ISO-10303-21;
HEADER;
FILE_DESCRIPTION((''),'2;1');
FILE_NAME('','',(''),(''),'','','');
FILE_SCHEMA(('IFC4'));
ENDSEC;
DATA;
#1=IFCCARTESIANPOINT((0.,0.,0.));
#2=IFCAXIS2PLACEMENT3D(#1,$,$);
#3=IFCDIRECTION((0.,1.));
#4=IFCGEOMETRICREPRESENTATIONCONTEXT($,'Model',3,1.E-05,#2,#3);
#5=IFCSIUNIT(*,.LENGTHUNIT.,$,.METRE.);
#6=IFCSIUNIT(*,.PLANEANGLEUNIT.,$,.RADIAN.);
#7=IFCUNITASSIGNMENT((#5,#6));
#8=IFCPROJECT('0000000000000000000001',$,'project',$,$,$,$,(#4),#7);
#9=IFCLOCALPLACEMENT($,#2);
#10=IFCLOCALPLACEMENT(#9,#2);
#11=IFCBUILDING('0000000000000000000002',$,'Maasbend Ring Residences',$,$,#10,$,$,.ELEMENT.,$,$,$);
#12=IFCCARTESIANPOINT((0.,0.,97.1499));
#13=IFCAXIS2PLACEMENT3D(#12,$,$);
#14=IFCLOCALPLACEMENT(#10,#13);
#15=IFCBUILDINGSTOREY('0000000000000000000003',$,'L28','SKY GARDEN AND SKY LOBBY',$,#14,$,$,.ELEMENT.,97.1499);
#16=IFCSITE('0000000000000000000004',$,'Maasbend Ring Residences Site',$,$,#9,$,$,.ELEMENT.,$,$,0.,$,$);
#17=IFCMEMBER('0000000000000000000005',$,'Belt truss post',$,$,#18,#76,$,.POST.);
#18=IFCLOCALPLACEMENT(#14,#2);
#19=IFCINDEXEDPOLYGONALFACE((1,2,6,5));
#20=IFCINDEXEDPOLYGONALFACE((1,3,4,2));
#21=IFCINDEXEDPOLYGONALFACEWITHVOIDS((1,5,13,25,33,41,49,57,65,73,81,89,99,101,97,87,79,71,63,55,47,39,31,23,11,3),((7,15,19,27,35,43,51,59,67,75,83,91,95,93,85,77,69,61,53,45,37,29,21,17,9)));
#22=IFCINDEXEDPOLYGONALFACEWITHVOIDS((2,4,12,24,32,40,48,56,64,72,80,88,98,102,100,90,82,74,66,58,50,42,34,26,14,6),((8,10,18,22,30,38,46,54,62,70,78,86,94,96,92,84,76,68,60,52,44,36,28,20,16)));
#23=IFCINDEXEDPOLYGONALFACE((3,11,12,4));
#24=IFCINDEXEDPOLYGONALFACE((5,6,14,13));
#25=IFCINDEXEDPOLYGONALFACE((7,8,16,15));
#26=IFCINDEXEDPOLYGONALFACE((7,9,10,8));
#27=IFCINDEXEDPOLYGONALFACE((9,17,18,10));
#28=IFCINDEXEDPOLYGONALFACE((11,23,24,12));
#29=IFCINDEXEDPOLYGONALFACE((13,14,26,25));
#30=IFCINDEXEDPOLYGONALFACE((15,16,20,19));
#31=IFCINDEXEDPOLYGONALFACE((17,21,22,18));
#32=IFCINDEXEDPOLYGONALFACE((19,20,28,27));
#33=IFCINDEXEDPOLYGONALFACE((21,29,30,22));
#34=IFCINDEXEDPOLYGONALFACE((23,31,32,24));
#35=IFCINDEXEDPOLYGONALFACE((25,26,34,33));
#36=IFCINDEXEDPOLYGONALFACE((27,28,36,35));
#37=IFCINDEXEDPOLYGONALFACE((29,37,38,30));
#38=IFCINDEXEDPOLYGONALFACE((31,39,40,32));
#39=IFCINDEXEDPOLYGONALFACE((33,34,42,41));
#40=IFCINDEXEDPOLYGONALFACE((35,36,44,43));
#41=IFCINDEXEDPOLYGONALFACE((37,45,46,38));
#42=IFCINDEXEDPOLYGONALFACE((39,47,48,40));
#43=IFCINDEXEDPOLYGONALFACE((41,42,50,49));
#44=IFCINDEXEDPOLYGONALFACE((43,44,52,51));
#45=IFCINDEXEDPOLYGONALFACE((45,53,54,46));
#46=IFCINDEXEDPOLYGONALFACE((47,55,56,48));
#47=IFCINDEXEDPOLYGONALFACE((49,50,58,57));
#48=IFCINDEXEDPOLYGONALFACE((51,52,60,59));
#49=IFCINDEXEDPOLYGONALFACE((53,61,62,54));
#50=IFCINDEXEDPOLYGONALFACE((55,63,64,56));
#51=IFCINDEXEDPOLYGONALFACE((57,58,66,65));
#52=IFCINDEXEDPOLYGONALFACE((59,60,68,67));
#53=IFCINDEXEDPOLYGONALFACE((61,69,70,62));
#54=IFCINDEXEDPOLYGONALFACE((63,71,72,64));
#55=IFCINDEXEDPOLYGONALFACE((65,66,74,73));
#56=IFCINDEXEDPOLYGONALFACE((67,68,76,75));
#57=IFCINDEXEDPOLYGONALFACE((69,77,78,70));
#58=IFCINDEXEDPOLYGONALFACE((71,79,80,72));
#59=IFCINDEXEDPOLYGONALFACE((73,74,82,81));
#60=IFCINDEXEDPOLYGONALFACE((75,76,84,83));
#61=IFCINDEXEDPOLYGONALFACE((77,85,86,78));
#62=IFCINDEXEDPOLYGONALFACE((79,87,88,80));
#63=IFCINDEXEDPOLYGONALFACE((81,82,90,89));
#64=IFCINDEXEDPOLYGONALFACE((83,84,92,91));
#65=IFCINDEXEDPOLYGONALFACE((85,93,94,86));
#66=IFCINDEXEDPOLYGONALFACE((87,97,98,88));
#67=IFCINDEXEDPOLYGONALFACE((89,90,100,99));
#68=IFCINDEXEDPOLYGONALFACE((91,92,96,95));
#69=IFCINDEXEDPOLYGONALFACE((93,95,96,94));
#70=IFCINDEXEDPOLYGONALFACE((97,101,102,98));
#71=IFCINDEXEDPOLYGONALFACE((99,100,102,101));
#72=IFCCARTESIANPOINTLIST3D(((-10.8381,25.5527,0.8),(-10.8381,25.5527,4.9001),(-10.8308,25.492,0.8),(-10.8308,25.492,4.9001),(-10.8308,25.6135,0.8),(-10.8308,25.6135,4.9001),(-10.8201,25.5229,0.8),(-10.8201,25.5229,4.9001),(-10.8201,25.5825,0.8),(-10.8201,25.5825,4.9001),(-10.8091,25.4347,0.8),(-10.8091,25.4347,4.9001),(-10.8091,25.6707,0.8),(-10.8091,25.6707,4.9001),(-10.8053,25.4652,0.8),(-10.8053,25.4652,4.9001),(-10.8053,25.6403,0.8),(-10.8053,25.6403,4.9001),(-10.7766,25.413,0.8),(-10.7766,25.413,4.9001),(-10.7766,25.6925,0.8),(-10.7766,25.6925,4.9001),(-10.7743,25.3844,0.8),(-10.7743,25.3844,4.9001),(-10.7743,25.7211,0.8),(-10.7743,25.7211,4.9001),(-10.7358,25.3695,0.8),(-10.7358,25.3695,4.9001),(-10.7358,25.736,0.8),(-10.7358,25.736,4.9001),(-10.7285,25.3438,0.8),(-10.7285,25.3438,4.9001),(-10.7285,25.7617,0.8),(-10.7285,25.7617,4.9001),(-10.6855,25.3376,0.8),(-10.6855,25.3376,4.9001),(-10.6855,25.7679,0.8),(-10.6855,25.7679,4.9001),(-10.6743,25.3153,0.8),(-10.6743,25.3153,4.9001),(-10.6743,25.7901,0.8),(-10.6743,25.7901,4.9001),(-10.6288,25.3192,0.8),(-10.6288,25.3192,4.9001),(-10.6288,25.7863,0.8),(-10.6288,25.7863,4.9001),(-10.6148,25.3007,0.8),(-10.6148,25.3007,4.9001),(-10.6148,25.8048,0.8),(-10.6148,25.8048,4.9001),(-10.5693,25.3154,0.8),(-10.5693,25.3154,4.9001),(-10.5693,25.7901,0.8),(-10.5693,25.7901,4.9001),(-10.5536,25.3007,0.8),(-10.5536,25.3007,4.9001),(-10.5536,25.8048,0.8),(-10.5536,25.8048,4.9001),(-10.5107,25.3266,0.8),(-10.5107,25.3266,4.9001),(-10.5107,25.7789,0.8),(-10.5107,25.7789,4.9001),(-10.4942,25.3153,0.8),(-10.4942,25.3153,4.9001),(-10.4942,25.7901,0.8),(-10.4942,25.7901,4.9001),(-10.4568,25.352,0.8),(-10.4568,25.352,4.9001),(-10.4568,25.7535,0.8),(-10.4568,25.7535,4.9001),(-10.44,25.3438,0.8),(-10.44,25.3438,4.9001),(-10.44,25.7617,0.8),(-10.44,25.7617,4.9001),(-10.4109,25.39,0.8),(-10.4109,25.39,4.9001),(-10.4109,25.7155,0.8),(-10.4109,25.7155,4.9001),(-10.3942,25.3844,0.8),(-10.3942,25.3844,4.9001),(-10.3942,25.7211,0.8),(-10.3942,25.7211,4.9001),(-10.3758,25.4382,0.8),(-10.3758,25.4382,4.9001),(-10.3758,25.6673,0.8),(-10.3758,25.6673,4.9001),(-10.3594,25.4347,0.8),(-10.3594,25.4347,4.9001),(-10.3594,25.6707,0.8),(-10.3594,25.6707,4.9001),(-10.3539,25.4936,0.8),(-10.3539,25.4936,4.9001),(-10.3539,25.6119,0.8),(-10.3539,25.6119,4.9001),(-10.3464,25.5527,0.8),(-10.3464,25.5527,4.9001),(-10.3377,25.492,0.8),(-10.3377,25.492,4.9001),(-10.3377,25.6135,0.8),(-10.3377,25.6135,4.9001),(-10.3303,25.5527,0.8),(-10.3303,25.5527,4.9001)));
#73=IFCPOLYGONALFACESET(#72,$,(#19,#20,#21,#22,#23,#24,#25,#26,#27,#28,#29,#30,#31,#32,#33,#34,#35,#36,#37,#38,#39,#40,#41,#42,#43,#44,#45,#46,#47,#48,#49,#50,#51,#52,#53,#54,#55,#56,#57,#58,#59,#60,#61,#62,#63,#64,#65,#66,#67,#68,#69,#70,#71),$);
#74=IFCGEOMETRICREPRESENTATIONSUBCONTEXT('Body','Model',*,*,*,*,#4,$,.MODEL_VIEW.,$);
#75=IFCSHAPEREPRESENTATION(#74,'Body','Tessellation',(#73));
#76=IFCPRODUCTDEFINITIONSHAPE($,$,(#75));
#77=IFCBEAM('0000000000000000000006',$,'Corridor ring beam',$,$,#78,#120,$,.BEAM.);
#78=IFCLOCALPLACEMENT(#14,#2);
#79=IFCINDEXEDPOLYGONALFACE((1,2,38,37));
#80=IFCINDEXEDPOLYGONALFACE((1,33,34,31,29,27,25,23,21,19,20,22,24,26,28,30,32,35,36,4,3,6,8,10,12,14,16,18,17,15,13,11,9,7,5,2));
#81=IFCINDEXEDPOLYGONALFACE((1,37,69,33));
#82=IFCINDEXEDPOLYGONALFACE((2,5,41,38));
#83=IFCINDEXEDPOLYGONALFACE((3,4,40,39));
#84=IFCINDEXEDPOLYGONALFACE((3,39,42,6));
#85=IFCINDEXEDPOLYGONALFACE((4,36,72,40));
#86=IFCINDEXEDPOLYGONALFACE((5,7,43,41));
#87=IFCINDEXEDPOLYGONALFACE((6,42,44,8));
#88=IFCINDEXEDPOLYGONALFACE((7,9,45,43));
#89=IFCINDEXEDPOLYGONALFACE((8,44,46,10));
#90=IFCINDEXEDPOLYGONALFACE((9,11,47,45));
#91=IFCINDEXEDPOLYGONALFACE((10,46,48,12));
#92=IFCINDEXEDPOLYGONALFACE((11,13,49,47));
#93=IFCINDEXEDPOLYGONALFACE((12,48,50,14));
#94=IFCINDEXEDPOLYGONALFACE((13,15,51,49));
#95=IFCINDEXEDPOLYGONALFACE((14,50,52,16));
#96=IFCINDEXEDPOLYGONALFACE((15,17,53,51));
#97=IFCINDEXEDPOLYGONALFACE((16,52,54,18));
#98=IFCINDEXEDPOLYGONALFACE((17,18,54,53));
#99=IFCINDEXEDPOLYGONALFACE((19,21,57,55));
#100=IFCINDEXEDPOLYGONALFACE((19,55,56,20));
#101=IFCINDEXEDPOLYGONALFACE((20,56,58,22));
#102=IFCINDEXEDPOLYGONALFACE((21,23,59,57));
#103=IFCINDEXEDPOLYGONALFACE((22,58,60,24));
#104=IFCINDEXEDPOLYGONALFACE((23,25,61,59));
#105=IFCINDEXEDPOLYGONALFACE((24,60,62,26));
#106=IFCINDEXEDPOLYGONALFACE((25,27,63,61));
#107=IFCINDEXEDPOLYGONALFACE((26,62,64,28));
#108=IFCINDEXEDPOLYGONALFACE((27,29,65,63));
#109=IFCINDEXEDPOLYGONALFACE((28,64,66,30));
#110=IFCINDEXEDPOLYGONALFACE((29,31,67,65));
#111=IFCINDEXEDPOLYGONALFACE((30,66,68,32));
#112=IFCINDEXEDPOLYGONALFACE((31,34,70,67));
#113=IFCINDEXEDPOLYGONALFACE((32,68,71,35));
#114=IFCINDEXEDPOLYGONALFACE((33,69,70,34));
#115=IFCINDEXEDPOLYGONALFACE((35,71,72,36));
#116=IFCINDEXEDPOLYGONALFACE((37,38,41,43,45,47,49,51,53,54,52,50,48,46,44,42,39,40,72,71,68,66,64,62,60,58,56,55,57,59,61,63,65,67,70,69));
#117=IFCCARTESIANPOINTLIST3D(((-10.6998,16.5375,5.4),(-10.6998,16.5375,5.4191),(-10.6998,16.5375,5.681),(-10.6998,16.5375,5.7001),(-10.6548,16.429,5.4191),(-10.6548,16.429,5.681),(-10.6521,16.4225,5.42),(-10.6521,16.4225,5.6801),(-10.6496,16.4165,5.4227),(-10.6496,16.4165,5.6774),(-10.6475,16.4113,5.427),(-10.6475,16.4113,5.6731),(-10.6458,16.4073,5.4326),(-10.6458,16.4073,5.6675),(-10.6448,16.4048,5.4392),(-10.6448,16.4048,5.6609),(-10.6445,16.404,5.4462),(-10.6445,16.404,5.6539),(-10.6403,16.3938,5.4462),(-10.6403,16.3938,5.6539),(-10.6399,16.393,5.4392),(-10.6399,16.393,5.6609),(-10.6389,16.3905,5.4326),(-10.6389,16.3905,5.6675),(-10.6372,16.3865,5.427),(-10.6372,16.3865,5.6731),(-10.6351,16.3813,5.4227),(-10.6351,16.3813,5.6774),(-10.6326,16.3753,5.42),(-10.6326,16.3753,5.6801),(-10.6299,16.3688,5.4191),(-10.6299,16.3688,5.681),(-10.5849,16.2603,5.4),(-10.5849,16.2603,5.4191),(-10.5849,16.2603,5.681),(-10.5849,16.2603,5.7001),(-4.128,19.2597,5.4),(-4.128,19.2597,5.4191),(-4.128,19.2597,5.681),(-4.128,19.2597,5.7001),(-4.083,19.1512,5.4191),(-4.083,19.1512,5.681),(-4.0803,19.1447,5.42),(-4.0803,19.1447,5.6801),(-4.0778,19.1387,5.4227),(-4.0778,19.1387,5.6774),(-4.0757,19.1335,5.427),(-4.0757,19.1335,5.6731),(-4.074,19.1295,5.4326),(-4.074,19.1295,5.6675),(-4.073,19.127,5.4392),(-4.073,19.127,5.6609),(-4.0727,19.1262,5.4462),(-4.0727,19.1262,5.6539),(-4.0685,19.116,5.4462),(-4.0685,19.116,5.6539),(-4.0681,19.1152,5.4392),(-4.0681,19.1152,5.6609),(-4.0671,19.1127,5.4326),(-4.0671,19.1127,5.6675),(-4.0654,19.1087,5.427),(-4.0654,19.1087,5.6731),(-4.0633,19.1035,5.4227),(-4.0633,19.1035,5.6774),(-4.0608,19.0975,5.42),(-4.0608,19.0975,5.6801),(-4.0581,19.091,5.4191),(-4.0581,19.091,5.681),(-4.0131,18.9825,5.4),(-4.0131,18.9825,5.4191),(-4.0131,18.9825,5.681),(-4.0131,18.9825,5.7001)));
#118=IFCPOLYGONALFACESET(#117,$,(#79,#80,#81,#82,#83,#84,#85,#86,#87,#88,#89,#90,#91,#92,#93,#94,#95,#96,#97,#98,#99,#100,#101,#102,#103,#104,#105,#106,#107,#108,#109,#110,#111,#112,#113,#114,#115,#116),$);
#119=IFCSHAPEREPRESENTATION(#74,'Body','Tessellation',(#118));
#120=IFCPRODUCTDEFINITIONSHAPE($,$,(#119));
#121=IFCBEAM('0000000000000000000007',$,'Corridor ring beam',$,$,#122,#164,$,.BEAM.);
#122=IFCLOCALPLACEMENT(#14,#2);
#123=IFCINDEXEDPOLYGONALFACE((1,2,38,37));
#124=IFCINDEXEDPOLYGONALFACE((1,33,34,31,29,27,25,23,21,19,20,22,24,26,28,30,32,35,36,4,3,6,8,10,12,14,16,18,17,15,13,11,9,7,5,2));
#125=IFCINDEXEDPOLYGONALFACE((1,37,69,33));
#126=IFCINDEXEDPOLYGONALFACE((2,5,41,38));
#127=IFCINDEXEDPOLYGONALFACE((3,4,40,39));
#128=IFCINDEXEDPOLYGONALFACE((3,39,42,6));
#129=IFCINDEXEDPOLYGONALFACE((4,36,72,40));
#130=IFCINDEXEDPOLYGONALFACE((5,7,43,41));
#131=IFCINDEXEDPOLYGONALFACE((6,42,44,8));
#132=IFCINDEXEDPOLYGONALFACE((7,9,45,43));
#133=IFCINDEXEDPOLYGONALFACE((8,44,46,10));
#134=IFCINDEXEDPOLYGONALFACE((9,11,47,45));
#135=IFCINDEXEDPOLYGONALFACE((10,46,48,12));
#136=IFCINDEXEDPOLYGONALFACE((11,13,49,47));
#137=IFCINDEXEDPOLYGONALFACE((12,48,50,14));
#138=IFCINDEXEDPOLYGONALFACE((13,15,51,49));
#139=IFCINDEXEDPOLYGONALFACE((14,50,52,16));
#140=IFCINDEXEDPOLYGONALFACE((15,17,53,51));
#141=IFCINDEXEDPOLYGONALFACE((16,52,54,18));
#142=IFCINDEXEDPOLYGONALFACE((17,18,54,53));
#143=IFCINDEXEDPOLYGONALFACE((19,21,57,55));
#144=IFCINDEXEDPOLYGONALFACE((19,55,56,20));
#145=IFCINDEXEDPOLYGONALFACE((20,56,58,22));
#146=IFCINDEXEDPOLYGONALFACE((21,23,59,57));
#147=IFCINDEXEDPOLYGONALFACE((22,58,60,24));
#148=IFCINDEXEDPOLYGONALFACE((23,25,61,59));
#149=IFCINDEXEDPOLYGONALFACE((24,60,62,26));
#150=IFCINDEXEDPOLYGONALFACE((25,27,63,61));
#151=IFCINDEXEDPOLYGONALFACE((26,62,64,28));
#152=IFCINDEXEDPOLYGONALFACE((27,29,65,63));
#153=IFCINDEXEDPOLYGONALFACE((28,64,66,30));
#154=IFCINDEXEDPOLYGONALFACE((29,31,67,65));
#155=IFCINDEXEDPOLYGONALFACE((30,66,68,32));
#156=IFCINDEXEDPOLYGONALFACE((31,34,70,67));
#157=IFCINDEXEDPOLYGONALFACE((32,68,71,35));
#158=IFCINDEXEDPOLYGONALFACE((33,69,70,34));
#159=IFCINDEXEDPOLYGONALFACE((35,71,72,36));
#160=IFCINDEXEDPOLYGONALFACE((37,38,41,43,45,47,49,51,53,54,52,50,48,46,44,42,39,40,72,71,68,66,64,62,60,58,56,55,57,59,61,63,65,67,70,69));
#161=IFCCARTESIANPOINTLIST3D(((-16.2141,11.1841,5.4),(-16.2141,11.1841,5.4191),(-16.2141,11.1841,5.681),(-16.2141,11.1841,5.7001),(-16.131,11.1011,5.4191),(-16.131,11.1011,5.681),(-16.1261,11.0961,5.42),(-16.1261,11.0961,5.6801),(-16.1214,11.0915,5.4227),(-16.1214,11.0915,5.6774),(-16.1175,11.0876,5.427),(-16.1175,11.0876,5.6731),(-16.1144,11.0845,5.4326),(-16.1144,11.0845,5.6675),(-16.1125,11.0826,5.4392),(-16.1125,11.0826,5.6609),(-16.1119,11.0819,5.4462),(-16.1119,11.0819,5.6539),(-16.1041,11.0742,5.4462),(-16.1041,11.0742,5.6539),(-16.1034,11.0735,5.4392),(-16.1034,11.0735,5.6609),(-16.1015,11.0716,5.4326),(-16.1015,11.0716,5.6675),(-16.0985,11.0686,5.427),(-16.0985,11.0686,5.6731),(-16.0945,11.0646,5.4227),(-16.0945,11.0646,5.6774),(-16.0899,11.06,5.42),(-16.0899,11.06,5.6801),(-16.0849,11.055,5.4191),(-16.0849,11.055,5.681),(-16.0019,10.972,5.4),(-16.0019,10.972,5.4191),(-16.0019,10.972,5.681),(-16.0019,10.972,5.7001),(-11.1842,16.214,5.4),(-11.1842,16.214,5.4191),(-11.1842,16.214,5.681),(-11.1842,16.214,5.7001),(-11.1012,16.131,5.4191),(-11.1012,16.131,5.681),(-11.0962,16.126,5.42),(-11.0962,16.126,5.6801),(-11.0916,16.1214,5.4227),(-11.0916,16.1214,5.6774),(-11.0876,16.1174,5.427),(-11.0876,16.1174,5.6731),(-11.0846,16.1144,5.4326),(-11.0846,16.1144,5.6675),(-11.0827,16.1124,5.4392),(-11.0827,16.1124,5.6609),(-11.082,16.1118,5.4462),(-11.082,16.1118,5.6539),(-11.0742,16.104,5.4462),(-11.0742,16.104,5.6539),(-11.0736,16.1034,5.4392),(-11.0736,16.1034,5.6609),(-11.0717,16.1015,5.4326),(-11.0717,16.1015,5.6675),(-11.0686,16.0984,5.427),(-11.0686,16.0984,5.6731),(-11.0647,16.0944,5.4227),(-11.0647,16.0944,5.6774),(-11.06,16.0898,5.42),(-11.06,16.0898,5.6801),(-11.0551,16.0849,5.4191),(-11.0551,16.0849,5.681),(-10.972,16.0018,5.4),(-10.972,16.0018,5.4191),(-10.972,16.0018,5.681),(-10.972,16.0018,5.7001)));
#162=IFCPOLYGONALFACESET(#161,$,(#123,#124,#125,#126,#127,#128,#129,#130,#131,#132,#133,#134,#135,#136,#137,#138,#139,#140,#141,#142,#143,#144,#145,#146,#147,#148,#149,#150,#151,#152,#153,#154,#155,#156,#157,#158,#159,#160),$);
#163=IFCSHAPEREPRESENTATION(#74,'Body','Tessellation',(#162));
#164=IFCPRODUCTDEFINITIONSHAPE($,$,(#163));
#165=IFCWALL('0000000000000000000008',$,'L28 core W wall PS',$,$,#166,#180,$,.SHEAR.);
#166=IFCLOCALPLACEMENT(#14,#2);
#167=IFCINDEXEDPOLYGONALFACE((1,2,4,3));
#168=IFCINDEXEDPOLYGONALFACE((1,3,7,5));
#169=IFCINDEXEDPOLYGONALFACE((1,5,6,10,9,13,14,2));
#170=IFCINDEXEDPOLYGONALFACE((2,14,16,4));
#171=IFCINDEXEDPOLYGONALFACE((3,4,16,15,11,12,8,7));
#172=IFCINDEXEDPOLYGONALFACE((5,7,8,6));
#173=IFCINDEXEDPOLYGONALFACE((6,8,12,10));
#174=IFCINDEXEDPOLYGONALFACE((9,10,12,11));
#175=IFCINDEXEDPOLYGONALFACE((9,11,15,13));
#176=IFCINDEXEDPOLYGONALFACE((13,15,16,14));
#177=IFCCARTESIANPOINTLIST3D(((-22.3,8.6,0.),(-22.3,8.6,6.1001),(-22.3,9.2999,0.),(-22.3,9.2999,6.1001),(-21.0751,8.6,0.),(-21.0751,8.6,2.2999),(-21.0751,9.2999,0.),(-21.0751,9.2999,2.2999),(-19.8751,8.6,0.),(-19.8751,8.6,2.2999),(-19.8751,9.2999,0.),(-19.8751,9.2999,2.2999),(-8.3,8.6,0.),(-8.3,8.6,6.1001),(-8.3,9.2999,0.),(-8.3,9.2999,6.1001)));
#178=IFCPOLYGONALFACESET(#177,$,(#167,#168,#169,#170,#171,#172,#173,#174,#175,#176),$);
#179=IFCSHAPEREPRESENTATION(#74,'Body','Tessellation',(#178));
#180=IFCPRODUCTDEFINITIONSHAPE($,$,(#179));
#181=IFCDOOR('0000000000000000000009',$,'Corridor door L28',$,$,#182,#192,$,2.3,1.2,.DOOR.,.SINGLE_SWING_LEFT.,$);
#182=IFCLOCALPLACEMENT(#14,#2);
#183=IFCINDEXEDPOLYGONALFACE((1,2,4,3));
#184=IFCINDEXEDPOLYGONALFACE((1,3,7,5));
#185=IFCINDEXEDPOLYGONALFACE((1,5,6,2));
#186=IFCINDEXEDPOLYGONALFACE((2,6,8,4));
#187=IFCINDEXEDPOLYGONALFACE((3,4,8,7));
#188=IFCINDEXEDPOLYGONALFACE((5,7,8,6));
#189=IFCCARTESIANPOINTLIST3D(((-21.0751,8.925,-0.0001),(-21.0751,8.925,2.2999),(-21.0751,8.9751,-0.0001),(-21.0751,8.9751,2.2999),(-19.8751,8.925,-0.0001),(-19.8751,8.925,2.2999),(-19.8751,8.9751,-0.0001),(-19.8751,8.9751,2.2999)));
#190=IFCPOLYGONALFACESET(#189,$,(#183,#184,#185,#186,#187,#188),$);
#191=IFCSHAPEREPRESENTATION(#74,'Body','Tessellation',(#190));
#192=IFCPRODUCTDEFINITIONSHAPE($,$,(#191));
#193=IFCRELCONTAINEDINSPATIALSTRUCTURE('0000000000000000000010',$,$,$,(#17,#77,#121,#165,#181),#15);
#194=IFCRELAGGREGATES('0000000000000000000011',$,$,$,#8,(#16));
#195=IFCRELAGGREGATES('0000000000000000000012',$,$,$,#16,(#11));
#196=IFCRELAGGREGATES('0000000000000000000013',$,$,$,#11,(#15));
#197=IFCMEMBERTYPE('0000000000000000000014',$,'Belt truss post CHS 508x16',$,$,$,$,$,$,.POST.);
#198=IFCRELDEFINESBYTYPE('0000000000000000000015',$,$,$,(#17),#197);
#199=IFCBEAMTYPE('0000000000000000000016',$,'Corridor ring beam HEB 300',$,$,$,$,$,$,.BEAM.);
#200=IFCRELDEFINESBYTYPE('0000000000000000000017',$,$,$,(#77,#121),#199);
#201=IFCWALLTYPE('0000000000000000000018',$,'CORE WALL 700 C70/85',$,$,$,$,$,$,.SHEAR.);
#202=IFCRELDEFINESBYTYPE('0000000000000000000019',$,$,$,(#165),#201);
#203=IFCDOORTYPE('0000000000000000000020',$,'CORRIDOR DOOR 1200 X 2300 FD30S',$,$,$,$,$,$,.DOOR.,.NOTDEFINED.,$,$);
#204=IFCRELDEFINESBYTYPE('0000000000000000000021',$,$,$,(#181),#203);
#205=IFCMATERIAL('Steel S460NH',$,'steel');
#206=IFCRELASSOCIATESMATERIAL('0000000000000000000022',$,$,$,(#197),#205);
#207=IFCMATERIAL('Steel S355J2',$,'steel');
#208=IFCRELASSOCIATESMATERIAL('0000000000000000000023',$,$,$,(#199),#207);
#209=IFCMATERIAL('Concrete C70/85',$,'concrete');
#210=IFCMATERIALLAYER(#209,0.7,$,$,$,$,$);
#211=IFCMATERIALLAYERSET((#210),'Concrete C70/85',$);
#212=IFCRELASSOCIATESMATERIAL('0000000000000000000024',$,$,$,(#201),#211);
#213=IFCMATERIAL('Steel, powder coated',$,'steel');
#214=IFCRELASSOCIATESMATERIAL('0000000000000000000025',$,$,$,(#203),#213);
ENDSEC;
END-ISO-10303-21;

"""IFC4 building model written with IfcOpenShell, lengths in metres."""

from ifc_helpers import new_model, si_unit, direction, frame, frame_2d, origin, origin_2d, place, context, subcontext, project, spatial, rectangle, hollow_circle, i_section, extrude, material, layer, layer_set, material_profile, profile_set, type_object, element, fill, save


model = new_model("IFC4")

# Units and contexts
model_context = context("Model", 3, precision=1e-05, world=origin(), true_north=direction((0.0, 1.0)))
body_context = subcontext(model_context, "Body", "Model", "MODEL_VIEW")
ifc_project = project(units=[si_unit("LENGTHUNIT", "METRE"), si_unit("PLANEANGLEUNIT", "RADIAN")], contexts=[model_context])

# Site, building, storey
site_placement = place(None, origin())
site = spatial("IfcSite", under=ifc_project, at=site_placement, Name="Maasbend Ring Residences Site", CompositionType="ELEMENT", RefElevation=0.0)
building_placement = place(site_placement, origin())
building = spatial("IfcBuilding", under=site, at=building_placement, Name="Maasbend Ring Residences", CompositionType="ELEMENT")
storey_placement = place(building_placement, frame((0.0, 0.0, 97.1499)))
storey = spatial("IfcBuildingStorey", under=building, at=storey_placement, Name="L28", Description="SKY GARDEN AND SKY LOBBY", CompositionType="ELEMENT", Elevation=97.1499)

# Member
ifc_material_1 = material(Name="Steel S460NH", Category="steel")
ifc_material_profile_1 = material_profile(ifc_material_1, hollow_circle(Radius=0.2539, WallThickness=0.0161, at=origin_2d()), Name="Belt truss post CHS 508x16")
ifc_profile_set_1 = profile_set([ifc_material_profile_1], Name="Steel S460NH")
member_type_1 = type_object("IfcMemberType", Name="Belt truss post CHS 508x16", PredefinedType="POST", material=ifc_profile_set_1)
for number, where, z_axis, x_axis, name in (
    (1, (-10.5842, 25.5527, 0.8), (0.0, 0.0, 1.0), (1.0, 0.0, 0.0), "Belt truss post"),
):
    element("IfcMember", number, at=place(storey_placement, frame(where, z_axis=z_axis, x_axis=x_axis)), inside=storey, type_object=member_type_1, Name=name, PredefinedType="POST", context=body_context, shape_type="SweptSolid", body=[
        extrude(hollow_circle(Radius=0.2539, WallThickness=0.0161, at=origin_2d()), origin(), (0.0, 0.0, 1.0), 4.1001),
    ])

# Beams
ifc_material_2 = material(Name="Steel S355J2", Category="steel")
ifc_material_profile_2 = material_profile(ifc_material_2, i_section(OverallWidth=0.3, OverallDepth=0.3, WebThickness=0.011, FlangeThickness=0.019, FilletRadius=0.0271, at=origin_2d()), Name="HEB 300")
ifc_profile_set_2 = profile_set([ifc_material_profile_2], Name="Steel S355J2")
beam_type_1 = type_object("IfcBeamType", Name="Corridor ring beam HEB 300", PredefinedType="BEAM", material=ifc_profile_set_2)
for number, where, z_axis, x_axis, name in (
    (2, (-4.0706, 19.1211, 5.55), (-0.923877, -0.382689, 0.0), (0.382689, -0.923877, 0.0), "Corridor ring beam"),
    (3, (-11.0781, 16.1079, 5.55), (-0.707107, -0.707107, 0.0), (0.707107, -0.707107, 0.0), "Corridor ring beam"),
):
    element("IfcBeam", number, at=place(storey_placement, frame(where, z_axis=z_axis, x_axis=x_axis)), inside=storey, type_object=beam_type_1, Name=name, PredefinedType="BEAM", context=body_context, shape_type="SweptSolid", body=[
        extrude(i_section(OverallWidth=0.3, OverallDepth=0.3, WebThickness=0.011, FlangeThickness=0.019, FilletRadius=0.0271, at=origin_2d()), origin(), (0.0, 0.0, 1.0), 7.1133),
    ])

# Wall, opening, door
ifc_material_3 = material(Name="Concrete C70/85", Category="concrete")
ifc_layer_1 = layer(ifc_material_3, 0.7)
ifc_layer_set_1 = layer_set([ifc_layer_1], Name="Concrete C70/85")
wall_type_1 = type_object("IfcWallType", Name="CORE WALL 700 C70/85", PredefinedType="SHEAR", material=ifc_layer_set_1)
wall_1_placement = place(storey_placement, frame((-8.3, 8.95, 0.0), z_axis=(0.0, 0.0, 1.0), x_axis=(-1.0, 0.0, 0.0)))
wall_1 = element("IfcWall", 4, at=wall_1_placement, inside=storey, type_object=wall_type_1, Name="L28 core W wall PS", PredefinedType="SHEAR", context=body_context, shape_type="SweptSolid", body=[
    extrude(rectangle(XDim=14.0, YDim=0.7, at=frame_2d((7.0, 0.0))), origin(), (0.0, 0.0, 1.0), 6.1001),
])
opening_1_placement = place(wall_1_placement, frame((11.575, 0.0, 0.0)))
opening_1 = element("IfcOpeningElement", 5, at=opening_1_placement, cuts=wall_1, PredefinedType="OPENING", context=body_context, shape_type="SweptSolid", body=[
    extrude(rectangle(XDim=1.2, YDim=2.3, at=frame_2d((0.6001, 1.1499))), frame((0.0, 0.3599, 0.0), z_axis=(0.0, -1.0, 0.0), x_axis=(1.0, 0.0, 0.0)), (0.0, 0.0, 1.0), 0.72),
])
ifc_material_4 = material(Name="Steel, powder coated", Category="steel")
door_type_1 = type_object("IfcDoorType", Name="CORRIDOR DOOR 1200 X 2300 FD30S", OperationType="NOTDEFINED", PredefinedType="DOOR", material=ifc_material_4)
door_1_placement = place(opening_1_placement, origin())
door_1 = element("IfcDoor", 6, at=door_1_placement, inside=storey, type_object=door_type_1, Name="Corridor door L28", OperationType="SINGLE_SWING_LEFT", OverallHeight=2.3, OverallWidth=1.2, PredefinedType="DOOR", context=body_context, shape_type="SweptSolid", body=[
    extrude(rectangle(XDim=1.2, YDim=2.3, at=frame_2d((0.6001, 1.1499))), frame((0.0, 0.0249, 0.0), z_axis=(0.0, -1.0, 0.0), x_axis=(1.0, 0.0, 0.0)), (0.0, 0.0, 1.0), 0.05),
])
fill(opening_1, door_1)

save(model, "model.ifc")
